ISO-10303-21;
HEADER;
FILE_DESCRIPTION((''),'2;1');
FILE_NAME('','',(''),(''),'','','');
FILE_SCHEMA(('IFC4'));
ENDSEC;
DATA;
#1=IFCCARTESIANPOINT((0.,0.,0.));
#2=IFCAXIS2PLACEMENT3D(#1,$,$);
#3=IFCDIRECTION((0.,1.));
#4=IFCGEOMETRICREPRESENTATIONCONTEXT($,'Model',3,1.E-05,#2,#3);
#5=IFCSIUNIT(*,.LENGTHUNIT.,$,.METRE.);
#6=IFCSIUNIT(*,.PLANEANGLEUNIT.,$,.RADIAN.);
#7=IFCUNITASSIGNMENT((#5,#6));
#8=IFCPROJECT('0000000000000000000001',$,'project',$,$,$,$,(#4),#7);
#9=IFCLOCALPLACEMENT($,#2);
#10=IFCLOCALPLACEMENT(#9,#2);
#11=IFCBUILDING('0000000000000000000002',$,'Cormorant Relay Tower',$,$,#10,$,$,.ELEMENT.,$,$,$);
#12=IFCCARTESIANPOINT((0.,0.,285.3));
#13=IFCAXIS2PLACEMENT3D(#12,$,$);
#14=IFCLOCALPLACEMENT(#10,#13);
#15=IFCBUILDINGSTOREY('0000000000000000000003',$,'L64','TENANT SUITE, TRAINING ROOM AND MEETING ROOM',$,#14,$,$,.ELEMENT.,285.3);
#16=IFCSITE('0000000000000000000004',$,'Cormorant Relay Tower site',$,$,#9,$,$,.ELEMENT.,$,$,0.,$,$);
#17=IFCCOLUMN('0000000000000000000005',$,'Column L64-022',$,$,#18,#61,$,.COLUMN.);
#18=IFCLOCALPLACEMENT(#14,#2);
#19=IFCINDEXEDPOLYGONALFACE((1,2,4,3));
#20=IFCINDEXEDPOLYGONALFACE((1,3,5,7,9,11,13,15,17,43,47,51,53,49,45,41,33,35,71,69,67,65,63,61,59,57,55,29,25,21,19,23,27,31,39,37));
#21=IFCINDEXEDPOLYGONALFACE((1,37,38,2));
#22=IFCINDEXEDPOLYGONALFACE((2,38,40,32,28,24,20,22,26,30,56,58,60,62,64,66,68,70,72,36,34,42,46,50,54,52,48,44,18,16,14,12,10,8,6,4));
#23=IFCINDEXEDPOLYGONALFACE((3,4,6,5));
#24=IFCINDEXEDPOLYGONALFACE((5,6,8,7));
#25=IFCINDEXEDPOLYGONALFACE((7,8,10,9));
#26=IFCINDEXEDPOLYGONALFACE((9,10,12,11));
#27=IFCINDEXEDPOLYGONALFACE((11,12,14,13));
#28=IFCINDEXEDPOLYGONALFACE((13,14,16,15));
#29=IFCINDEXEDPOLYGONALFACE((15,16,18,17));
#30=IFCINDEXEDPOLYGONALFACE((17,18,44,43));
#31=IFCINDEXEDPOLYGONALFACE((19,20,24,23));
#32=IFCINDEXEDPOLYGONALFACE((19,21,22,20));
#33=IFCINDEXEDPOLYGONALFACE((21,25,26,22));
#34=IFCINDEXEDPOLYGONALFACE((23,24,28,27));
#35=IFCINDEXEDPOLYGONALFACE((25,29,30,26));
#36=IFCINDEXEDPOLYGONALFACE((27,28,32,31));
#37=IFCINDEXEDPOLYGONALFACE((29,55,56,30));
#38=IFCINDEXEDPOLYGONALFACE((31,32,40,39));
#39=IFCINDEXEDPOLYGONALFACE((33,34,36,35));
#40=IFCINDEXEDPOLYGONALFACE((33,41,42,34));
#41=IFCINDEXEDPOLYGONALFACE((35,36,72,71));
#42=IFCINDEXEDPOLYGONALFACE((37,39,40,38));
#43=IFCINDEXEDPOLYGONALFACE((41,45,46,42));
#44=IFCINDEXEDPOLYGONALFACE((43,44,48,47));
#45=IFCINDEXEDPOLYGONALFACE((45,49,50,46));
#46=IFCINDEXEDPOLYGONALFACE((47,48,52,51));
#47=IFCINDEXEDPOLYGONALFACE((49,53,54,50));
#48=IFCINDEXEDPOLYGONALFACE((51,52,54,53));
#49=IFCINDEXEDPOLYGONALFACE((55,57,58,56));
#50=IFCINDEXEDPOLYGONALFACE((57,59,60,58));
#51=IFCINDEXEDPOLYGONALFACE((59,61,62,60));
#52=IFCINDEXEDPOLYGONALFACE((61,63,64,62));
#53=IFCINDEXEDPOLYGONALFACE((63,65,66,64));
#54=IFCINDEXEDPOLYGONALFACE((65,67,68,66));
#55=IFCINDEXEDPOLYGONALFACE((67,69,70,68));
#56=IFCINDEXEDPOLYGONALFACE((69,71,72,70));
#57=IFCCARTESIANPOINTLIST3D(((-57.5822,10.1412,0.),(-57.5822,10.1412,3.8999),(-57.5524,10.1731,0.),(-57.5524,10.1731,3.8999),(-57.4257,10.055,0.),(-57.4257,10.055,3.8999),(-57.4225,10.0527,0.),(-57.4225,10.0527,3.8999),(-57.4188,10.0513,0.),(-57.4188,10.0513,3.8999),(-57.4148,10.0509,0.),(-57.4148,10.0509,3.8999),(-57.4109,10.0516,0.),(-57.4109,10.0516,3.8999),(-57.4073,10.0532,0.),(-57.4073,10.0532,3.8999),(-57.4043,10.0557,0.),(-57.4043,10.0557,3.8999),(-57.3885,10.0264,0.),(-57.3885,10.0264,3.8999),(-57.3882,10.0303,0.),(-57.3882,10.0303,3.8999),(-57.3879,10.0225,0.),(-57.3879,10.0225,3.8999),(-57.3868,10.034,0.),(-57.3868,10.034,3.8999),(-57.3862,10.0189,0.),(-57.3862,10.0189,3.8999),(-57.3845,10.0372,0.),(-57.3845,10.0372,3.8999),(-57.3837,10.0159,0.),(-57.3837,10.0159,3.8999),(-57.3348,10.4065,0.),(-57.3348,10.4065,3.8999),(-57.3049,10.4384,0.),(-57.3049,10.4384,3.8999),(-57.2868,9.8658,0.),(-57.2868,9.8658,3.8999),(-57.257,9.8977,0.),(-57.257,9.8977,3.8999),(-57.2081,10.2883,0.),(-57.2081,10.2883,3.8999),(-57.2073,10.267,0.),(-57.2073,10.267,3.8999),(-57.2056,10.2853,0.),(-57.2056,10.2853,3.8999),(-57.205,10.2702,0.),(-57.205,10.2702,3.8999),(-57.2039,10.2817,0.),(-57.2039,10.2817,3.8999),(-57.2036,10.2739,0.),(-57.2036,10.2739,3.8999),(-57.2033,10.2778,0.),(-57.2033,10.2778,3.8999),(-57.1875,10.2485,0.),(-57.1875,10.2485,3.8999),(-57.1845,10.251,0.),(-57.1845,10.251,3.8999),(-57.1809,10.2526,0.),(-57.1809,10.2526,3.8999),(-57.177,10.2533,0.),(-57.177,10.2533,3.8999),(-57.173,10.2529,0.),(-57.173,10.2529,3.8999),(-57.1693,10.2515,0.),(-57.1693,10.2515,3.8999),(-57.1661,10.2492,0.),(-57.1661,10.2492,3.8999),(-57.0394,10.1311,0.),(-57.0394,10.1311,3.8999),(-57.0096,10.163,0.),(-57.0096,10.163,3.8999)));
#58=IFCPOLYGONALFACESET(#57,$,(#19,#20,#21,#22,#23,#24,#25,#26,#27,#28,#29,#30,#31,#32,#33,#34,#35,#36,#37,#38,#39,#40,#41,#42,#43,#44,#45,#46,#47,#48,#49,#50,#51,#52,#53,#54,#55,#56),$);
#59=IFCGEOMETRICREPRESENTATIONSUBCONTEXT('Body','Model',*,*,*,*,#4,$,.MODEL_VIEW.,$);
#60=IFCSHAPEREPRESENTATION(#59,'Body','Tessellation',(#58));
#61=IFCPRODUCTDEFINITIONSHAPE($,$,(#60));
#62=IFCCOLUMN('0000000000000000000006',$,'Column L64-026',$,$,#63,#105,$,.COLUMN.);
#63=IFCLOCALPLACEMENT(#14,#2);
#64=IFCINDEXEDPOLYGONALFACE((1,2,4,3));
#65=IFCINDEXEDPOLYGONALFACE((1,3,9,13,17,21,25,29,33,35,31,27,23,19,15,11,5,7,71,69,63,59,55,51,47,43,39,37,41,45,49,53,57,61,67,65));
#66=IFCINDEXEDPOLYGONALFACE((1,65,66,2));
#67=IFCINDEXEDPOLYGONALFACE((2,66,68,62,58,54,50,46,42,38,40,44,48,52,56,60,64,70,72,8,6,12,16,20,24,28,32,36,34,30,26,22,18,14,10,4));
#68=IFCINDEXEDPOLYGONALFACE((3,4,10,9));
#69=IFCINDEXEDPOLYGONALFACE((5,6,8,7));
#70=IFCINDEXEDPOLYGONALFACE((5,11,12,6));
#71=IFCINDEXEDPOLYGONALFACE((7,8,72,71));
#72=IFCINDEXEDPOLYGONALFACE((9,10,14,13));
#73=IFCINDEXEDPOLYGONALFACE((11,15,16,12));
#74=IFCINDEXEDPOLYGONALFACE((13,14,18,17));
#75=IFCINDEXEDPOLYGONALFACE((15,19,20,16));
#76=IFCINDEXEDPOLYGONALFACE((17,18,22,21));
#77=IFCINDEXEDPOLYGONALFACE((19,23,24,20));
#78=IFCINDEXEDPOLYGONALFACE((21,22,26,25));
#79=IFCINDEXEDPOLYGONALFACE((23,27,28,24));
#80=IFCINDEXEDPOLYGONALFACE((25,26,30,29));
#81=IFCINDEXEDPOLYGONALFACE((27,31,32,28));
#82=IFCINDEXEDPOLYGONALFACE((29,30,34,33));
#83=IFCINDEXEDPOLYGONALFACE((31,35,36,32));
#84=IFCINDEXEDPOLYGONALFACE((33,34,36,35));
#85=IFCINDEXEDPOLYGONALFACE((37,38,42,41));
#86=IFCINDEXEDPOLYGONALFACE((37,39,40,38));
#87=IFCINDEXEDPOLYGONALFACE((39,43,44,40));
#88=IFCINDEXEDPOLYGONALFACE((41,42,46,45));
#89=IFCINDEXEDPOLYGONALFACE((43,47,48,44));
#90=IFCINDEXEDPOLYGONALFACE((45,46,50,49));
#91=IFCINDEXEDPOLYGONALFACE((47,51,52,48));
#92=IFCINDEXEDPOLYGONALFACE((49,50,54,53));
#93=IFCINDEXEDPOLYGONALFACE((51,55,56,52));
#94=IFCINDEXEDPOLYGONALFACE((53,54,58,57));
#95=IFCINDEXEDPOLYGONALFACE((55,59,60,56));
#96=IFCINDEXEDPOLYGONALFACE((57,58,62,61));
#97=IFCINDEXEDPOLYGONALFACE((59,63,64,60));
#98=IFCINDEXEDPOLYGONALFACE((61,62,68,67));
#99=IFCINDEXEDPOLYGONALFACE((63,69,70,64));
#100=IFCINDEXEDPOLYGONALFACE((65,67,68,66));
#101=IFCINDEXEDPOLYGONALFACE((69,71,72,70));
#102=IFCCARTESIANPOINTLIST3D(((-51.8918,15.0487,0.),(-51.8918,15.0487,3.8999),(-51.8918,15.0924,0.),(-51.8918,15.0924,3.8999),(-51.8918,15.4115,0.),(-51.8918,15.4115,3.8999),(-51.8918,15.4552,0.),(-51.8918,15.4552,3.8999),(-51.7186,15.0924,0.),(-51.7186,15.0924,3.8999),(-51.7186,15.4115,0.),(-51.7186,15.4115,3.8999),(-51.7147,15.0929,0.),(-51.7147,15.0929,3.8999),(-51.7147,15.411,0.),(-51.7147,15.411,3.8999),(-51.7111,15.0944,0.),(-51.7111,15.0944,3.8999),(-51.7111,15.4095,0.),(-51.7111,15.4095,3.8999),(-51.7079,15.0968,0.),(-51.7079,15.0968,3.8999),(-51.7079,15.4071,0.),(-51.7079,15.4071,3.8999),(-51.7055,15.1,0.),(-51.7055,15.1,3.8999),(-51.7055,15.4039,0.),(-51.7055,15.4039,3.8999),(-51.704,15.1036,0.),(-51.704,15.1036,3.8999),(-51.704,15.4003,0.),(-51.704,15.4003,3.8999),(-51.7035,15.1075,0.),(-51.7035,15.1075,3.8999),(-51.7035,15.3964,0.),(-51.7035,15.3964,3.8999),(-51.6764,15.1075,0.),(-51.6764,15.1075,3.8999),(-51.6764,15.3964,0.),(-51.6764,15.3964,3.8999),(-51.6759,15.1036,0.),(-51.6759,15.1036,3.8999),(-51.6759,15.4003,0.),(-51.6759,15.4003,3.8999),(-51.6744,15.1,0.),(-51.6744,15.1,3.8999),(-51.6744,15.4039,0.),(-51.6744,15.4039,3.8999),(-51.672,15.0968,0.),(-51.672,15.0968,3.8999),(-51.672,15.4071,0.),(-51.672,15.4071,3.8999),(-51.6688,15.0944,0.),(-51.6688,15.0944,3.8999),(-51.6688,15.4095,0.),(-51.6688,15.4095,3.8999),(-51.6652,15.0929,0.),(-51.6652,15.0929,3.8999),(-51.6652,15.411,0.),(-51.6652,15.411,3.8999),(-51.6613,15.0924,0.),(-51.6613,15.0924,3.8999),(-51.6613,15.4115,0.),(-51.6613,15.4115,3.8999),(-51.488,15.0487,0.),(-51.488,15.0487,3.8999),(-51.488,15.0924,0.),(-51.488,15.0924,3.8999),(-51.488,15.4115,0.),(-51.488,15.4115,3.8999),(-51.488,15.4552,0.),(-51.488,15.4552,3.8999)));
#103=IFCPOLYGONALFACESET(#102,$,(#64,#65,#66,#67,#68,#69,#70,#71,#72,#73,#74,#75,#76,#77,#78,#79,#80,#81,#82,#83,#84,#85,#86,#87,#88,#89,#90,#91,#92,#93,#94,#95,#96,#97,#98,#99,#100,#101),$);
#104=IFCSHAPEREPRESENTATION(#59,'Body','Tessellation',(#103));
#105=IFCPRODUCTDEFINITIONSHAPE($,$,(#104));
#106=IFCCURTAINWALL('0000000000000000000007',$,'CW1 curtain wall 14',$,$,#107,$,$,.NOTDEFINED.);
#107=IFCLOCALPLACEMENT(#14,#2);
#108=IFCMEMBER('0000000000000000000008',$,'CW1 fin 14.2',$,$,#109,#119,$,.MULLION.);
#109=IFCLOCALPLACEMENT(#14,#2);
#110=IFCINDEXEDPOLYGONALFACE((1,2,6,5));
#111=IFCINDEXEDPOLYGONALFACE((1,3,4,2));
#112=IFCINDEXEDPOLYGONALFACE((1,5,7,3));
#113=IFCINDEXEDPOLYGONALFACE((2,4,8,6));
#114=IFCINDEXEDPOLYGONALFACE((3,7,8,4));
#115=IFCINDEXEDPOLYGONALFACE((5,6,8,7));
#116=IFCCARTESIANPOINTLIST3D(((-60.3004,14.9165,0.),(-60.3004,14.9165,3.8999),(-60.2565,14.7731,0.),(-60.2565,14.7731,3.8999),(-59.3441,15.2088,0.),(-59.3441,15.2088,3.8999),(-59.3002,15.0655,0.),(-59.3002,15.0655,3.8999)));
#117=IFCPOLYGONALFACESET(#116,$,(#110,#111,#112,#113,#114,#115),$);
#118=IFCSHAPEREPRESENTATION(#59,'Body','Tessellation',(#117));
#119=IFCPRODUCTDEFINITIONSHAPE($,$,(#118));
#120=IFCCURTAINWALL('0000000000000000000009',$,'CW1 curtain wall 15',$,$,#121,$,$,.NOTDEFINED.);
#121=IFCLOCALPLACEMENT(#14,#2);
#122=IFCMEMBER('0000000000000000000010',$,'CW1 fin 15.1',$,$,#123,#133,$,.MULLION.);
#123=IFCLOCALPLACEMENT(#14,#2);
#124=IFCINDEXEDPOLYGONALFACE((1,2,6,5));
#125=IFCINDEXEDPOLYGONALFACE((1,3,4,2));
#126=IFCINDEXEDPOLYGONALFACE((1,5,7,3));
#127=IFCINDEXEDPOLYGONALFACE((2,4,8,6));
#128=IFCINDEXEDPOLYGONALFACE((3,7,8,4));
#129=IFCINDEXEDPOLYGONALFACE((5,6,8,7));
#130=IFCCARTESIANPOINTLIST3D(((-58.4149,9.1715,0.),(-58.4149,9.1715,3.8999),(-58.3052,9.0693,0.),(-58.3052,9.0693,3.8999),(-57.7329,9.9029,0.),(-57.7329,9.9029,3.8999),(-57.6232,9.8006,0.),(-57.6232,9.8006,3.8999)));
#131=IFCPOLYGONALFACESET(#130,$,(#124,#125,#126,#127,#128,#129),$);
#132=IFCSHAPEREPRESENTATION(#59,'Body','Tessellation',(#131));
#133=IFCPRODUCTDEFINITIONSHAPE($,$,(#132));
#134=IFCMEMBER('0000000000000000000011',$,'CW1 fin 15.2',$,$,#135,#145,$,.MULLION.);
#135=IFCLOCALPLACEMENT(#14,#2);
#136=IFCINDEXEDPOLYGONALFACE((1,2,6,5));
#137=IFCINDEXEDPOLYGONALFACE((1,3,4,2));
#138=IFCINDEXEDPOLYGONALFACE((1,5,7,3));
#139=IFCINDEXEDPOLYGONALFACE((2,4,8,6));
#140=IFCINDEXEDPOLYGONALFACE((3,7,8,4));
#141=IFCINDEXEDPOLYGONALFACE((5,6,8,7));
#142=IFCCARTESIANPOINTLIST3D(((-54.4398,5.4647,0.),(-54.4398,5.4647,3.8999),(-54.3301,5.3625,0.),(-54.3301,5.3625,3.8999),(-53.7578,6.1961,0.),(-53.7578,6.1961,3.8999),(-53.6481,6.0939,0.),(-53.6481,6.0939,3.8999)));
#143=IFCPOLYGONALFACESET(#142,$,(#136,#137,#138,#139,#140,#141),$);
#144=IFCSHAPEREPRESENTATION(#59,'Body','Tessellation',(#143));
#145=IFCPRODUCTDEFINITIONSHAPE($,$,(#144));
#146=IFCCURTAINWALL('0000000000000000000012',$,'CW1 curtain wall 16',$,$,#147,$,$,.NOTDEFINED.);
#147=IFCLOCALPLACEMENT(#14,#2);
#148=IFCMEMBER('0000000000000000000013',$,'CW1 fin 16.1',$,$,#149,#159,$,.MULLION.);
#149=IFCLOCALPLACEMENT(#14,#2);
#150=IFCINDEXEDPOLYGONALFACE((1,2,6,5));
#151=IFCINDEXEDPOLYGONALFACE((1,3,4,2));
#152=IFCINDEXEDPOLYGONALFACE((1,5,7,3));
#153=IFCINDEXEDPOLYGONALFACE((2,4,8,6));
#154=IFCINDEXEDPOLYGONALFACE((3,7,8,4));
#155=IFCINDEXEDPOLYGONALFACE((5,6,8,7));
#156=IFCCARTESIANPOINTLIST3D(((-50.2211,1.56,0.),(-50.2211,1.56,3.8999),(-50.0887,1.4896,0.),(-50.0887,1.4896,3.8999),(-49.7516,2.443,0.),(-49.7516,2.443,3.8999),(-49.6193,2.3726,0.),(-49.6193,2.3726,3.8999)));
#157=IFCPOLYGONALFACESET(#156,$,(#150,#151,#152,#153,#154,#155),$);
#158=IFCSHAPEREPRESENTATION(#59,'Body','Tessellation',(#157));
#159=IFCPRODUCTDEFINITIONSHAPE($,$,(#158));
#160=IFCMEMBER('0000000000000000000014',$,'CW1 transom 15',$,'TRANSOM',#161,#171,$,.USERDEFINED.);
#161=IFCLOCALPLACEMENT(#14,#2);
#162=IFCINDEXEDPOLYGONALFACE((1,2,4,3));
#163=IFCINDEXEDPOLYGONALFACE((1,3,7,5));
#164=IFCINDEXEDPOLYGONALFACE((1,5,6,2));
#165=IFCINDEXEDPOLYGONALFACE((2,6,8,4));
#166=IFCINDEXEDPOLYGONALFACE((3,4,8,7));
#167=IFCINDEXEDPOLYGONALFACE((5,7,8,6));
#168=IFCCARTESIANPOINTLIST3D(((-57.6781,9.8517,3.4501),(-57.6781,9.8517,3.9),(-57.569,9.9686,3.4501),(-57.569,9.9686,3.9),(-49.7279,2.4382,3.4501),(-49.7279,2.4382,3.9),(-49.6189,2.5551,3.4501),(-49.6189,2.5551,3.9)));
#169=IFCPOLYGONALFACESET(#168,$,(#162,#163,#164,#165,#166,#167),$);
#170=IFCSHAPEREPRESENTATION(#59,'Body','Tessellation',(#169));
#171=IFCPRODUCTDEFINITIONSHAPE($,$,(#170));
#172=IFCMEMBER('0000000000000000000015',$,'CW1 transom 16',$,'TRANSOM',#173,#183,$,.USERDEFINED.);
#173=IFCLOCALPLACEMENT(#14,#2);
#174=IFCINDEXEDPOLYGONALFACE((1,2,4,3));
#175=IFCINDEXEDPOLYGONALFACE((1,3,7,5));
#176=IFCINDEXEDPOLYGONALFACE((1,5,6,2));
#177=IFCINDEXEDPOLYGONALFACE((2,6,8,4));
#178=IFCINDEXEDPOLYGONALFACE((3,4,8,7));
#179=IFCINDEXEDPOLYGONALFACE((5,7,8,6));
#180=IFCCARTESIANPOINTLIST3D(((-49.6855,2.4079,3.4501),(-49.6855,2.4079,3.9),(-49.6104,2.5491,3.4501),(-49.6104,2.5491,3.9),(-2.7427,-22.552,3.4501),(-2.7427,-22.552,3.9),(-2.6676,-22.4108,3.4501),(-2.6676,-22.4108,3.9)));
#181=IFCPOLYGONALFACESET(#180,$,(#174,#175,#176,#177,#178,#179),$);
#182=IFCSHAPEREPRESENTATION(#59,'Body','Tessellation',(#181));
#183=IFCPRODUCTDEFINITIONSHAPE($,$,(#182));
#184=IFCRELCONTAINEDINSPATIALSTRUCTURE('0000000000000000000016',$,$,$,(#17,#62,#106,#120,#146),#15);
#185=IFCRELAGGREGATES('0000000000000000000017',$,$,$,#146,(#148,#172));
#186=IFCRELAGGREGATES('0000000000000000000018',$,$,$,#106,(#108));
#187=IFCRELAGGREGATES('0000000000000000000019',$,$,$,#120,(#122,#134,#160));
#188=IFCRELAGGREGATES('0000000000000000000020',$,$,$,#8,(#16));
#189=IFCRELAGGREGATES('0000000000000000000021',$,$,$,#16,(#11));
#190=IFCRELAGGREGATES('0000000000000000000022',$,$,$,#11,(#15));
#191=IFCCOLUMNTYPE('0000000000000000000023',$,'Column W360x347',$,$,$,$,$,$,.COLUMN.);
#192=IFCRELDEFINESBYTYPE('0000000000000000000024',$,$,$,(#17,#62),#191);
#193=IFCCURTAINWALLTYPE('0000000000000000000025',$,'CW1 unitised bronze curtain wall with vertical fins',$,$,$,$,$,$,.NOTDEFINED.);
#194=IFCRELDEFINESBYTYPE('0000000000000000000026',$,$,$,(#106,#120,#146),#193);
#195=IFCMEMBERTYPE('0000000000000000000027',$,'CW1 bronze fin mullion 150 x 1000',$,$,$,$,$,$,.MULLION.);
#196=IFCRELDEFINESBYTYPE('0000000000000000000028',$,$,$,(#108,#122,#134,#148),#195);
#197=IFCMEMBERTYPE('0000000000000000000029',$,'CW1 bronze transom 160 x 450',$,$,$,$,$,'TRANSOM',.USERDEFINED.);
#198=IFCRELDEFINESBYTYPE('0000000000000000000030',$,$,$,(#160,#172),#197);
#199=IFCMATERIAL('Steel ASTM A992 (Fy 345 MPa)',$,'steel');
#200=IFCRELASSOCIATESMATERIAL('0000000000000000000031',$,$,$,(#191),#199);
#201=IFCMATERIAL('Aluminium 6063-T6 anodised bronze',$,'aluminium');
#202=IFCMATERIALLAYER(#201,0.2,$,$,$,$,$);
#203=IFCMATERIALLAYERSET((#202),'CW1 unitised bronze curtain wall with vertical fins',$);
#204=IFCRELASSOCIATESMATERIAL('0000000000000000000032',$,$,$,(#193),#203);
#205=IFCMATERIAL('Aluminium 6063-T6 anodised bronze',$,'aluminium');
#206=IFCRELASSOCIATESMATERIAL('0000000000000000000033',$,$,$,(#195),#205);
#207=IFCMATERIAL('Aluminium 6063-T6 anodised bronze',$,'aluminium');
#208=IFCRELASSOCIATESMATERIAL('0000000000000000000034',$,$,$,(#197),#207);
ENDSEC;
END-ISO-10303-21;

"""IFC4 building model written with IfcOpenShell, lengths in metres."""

from ifc_helpers import new_model, si_unit, direction, frame, origin, origin_2d, place, context, subcontext, project, spatial, rectangle, i_section, extrude, material, layer, layer_set, material_profile, profile_set, type_object, element, aggregate, save


model = new_model("IFC4")

# Units and contexts
model_context = context("Model", 3, precision=1e-05, world=origin(), true_north=direction((0.0, 1.0)))
body_context = subcontext(model_context, "Body", "Model", "MODEL_VIEW")
ifc_project = project(units=[si_unit("LENGTHUNIT", "METRE"), si_unit("PLANEANGLEUNIT", "RADIAN")], contexts=[model_context])

# Site, building, storey
site_placement = place(None, origin())
site = spatial("IfcSite", under=ifc_project, at=site_placement, Name="Cormorant Relay Tower site", CompositionType="ELEMENT", RefElevation=0.0)
building_placement = place(site_placement, origin())
building = spatial("IfcBuilding", under=site, at=building_placement, Name="Cormorant Relay Tower", CompositionType="ELEMENT")
storey_placement = place(building_placement, frame((0.0, 0.0, 285.3)))
storey = spatial("IfcBuildingStorey", under=building, at=storey_placement, Name="L64", Description="TENANT SUITE, TRAINING ROOM AND MEETING ROOM", CompositionType="ELEMENT", Elevation=285.3)

# Columns
ifc_material_1 = material(Name="Steel ASTM A992 (Fy 345 MPa)", Category="steel")
ifc_material_profile_1 = material_profile(ifc_material_1, i_section(OverallWidth=0.4038, OverallDepth=0.4065, WebThickness=0.0271, FlangeThickness=0.0437, FilletRadius=0.0151, at=origin_2d()), Name="W360x347")
ifc_profile_set_1 = profile_set([ifc_material_profile_1], Name="Steel ASTM A992 (Fy 345 MPa)")
column_type = type_object("IfcColumnType", Name="Column W360x347", PredefinedType="COLUMN", material=ifc_profile_set_1)
for number, where, z_axis, x_axis, name in (
    (1, (-57.2959, 10.1521, 0.0), (0.0, 0.0, 1.0), (0.731354, -0.681998, 0.0), "Column L64-022"),
    (2, (-51.6899, 15.252, 0.0), (0.0, 0.0, 1.0), (1.0, 0.0, 0.0), "Column L64-026"),
):
    element("IfcColumn", number, at=place(storey_placement, frame(where, z_axis=z_axis, x_axis=x_axis)), inside=storey, type_object=column_type, Name=name, PredefinedType="COLUMN", context=body_context, shape_type="SweptSolid", body=[
        extrude(i_section(OverallWidth=0.4038, OverallDepth=0.4065, WebThickness=0.0271, FlangeThickness=0.0437, FilletRadius=0.0151, at=origin_2d()), origin(), (0.0, 0.0, 1.0), 3.8999),
    ])

# Curtain wall, member
ifc_material_2 = material(Name="Aluminium 6063-T6 anodised bronze", Category="aluminium")
ifc_layer_1 = layer(ifc_material_2, 0.2)
ifc_layer_set_1 = layer_set([ifc_layer_1], Name="CW1 unitised bronze curtain wall with vertical fins")
curtain_wall_type = type_object("IfcCurtainWallType", Name="CW1 unitised bronze curtain wall with vertical fins", PredefinedType="NOTDEFINED", material=ifc_layer_set_1)
curtain_wall_1_placement = place(storey_placement, origin())
curtain_wall_1 = element("IfcCurtainWall", 3, at=curtain_wall_1_placement, inside=storey, type_object=curtain_wall_type, Name="CW1 curtain wall 14", PredefinedType="NOTDEFINED")
ifc_material_3 = material(Name="Aluminium 6063-T6 anodised bronze", Category="aluminium")
ifc_material_profile_2 = material_profile(ifc_material_3, rectangle(XDim=0.1499, YDim=1.0, at=origin_2d()), Name="AL 150x1000")
ifc_profile_set_2 = profile_set([ifc_material_profile_2], Name="Aluminium 6063-T6 anodised bronze")
member_type_1 = type_object("IfcMemberType", Name="CW1 bronze fin mullion 150 x 1000", PredefinedType="MULLION", material=ifc_profile_set_2)
member_1_placement = place(storey_placement, frame((-59.8003, 14.991, 0.0), z_axis=(0.0, 0.0, 1.0), x_axis=(0.292372, -0.956305, 0.0)))
member_1 = element("IfcMember", 4, at=member_1_placement, type_object=member_type_1, Name="CW1 fin 14.2", PredefinedType="MULLION", context=body_context, shape_type="SweptSolid", body=[
    extrude(rectangle(XDim=0.1499, YDim=1.0, at=origin_2d()), origin(), (0.0, 0.0, 1.0), 3.8999),
])

# Curtain wall, members
curtain_wall_2_placement = place(storey_placement, origin())
curtain_wall_2 = element("IfcCurtainWall", 5, at=curtain_wall_2_placement, inside=storey, type_object=curtain_wall_type, Name="CW1 curtain wall 15", PredefinedType="NOTDEFINED")
member_2_placement = place(storey_placement, frame((-58.019, 9.4861, 0.0), z_axis=(0.0, 0.0, 1.0), x_axis=(0.731354, -0.681998, 0.0)))
member_2 = element("IfcMember", 6, at=member_2_placement, type_object=member_type_1, Name="CW1 fin 15.1", PredefinedType="MULLION", context=body_context, shape_type="SweptSolid", body=[
    extrude(rectangle(XDim=0.1499, YDim=1.0, at=origin_2d()), origin(), (0.0, 0.0, 1.0), 3.8999),
])
member_3_placement = place(storey_placement, frame((-54.0439, 5.7793, 0.0), z_axis=(0.0, 0.0, 1.0), x_axis=(0.731354, -0.681998, 0.0)))
member_3 = element("IfcMember", 7, at=member_3_placement, type_object=member_type_1, Name="CW1 fin 15.2", PredefinedType="MULLION", context=body_context, shape_type="SweptSolid", body=[
    extrude(rectangle(XDim=0.1499, YDim=1.0, at=origin_2d()), origin(), (0.0, 0.0, 1.0), 3.8999),
])

# Curtain wall, member
curtain_wall_3_placement = place(storey_placement, origin())
curtain_wall_3 = element("IfcCurtainWall", 8, at=curtain_wall_3_placement, inside=storey, type_object=curtain_wall_type, Name="CW1 curtain wall 16", PredefinedType="NOTDEFINED")
member_4_placement = place(storey_placement, frame((-49.9202, 1.9663, 0.0), z_axis=(0.0, 0.0, 1.0), x_axis=(0.882948, -0.469472, 0.0)))
member_4 = element("IfcMember", 9, at=member_4_placement, type_object=member_type_1, Name="CW1 fin 16.1", PredefinedType="MULLION", context=body_context, shape_type="SweptSolid", body=[
    extrude(rectangle(XDim=0.1499, YDim=1.0, at=origin_2d()), origin(), (0.0, 0.0, 1.0), 3.8999),
])

# Members
ifc_material_4 = material(Name="Aluminium 6063-T6 anodised bronze", Category="aluminium")
ifc_material_profile_3 = material_profile(ifc_material_4, rectangle(XDim=0.1599, YDim=0.45, at=origin_2d()), Name="AL 160x450")
ifc_profile_set_3 = profile_set([ifc_material_profile_3], Name="Aluminium 6063-T6 anodised bronze")
member_type_2 = type_object("IfcMemberType", Name="CW1 bronze transom 160 x 450", ElementType="TRANSOM", PredefinedType="USERDEFINED", material=ifc_profile_set_3)
member_5_placement = place(storey_placement, frame((-57.6235, 9.9102, 3.675), z_axis=(0.731358, -0.681993, 0.0), x_axis=(0.681993, 0.731358, 0.0)))
member_5 = element("IfcMember", 10, at=member_5_placement, type_object=member_type_2, Name="CW1 transom 15", ObjectType="TRANSOM", PredefinedType="USERDEFINED", context=body_context, shape_type="SweptSolid", body=[
    extrude(rectangle(XDim=0.1599, YDim=0.45, at=origin_2d()), origin(), (0.0, 0.0, 1.0), 10.8704),
])
member_6_placement = place(storey_placement, frame((-49.6479, 2.4785, 3.675), z_axis=(0.882948, -0.469471, 0.0), x_axis=(0.469471, 0.882948, 0.0)))
member_6 = element("IfcMember", 11, at=member_6_placement, type_object=member_type_2, Name="CW1 transom 16", ObjectType="TRANSOM", PredefinedType="USERDEFINED", context=body_context, shape_type="SweptSolid", body=[
    extrude(rectangle(XDim=0.1599, YDim=0.45, at=origin_2d()), origin(), (0.0, 0.0, 1.0), 53.166),
])
aggregate(curtain_wall_3, [member_4, member_6])

aggregate(curtain_wall_1, [member_1])
aggregate(curtain_wall_2, [member_2, member_3, member_5])

save(model, "model.ifc")
